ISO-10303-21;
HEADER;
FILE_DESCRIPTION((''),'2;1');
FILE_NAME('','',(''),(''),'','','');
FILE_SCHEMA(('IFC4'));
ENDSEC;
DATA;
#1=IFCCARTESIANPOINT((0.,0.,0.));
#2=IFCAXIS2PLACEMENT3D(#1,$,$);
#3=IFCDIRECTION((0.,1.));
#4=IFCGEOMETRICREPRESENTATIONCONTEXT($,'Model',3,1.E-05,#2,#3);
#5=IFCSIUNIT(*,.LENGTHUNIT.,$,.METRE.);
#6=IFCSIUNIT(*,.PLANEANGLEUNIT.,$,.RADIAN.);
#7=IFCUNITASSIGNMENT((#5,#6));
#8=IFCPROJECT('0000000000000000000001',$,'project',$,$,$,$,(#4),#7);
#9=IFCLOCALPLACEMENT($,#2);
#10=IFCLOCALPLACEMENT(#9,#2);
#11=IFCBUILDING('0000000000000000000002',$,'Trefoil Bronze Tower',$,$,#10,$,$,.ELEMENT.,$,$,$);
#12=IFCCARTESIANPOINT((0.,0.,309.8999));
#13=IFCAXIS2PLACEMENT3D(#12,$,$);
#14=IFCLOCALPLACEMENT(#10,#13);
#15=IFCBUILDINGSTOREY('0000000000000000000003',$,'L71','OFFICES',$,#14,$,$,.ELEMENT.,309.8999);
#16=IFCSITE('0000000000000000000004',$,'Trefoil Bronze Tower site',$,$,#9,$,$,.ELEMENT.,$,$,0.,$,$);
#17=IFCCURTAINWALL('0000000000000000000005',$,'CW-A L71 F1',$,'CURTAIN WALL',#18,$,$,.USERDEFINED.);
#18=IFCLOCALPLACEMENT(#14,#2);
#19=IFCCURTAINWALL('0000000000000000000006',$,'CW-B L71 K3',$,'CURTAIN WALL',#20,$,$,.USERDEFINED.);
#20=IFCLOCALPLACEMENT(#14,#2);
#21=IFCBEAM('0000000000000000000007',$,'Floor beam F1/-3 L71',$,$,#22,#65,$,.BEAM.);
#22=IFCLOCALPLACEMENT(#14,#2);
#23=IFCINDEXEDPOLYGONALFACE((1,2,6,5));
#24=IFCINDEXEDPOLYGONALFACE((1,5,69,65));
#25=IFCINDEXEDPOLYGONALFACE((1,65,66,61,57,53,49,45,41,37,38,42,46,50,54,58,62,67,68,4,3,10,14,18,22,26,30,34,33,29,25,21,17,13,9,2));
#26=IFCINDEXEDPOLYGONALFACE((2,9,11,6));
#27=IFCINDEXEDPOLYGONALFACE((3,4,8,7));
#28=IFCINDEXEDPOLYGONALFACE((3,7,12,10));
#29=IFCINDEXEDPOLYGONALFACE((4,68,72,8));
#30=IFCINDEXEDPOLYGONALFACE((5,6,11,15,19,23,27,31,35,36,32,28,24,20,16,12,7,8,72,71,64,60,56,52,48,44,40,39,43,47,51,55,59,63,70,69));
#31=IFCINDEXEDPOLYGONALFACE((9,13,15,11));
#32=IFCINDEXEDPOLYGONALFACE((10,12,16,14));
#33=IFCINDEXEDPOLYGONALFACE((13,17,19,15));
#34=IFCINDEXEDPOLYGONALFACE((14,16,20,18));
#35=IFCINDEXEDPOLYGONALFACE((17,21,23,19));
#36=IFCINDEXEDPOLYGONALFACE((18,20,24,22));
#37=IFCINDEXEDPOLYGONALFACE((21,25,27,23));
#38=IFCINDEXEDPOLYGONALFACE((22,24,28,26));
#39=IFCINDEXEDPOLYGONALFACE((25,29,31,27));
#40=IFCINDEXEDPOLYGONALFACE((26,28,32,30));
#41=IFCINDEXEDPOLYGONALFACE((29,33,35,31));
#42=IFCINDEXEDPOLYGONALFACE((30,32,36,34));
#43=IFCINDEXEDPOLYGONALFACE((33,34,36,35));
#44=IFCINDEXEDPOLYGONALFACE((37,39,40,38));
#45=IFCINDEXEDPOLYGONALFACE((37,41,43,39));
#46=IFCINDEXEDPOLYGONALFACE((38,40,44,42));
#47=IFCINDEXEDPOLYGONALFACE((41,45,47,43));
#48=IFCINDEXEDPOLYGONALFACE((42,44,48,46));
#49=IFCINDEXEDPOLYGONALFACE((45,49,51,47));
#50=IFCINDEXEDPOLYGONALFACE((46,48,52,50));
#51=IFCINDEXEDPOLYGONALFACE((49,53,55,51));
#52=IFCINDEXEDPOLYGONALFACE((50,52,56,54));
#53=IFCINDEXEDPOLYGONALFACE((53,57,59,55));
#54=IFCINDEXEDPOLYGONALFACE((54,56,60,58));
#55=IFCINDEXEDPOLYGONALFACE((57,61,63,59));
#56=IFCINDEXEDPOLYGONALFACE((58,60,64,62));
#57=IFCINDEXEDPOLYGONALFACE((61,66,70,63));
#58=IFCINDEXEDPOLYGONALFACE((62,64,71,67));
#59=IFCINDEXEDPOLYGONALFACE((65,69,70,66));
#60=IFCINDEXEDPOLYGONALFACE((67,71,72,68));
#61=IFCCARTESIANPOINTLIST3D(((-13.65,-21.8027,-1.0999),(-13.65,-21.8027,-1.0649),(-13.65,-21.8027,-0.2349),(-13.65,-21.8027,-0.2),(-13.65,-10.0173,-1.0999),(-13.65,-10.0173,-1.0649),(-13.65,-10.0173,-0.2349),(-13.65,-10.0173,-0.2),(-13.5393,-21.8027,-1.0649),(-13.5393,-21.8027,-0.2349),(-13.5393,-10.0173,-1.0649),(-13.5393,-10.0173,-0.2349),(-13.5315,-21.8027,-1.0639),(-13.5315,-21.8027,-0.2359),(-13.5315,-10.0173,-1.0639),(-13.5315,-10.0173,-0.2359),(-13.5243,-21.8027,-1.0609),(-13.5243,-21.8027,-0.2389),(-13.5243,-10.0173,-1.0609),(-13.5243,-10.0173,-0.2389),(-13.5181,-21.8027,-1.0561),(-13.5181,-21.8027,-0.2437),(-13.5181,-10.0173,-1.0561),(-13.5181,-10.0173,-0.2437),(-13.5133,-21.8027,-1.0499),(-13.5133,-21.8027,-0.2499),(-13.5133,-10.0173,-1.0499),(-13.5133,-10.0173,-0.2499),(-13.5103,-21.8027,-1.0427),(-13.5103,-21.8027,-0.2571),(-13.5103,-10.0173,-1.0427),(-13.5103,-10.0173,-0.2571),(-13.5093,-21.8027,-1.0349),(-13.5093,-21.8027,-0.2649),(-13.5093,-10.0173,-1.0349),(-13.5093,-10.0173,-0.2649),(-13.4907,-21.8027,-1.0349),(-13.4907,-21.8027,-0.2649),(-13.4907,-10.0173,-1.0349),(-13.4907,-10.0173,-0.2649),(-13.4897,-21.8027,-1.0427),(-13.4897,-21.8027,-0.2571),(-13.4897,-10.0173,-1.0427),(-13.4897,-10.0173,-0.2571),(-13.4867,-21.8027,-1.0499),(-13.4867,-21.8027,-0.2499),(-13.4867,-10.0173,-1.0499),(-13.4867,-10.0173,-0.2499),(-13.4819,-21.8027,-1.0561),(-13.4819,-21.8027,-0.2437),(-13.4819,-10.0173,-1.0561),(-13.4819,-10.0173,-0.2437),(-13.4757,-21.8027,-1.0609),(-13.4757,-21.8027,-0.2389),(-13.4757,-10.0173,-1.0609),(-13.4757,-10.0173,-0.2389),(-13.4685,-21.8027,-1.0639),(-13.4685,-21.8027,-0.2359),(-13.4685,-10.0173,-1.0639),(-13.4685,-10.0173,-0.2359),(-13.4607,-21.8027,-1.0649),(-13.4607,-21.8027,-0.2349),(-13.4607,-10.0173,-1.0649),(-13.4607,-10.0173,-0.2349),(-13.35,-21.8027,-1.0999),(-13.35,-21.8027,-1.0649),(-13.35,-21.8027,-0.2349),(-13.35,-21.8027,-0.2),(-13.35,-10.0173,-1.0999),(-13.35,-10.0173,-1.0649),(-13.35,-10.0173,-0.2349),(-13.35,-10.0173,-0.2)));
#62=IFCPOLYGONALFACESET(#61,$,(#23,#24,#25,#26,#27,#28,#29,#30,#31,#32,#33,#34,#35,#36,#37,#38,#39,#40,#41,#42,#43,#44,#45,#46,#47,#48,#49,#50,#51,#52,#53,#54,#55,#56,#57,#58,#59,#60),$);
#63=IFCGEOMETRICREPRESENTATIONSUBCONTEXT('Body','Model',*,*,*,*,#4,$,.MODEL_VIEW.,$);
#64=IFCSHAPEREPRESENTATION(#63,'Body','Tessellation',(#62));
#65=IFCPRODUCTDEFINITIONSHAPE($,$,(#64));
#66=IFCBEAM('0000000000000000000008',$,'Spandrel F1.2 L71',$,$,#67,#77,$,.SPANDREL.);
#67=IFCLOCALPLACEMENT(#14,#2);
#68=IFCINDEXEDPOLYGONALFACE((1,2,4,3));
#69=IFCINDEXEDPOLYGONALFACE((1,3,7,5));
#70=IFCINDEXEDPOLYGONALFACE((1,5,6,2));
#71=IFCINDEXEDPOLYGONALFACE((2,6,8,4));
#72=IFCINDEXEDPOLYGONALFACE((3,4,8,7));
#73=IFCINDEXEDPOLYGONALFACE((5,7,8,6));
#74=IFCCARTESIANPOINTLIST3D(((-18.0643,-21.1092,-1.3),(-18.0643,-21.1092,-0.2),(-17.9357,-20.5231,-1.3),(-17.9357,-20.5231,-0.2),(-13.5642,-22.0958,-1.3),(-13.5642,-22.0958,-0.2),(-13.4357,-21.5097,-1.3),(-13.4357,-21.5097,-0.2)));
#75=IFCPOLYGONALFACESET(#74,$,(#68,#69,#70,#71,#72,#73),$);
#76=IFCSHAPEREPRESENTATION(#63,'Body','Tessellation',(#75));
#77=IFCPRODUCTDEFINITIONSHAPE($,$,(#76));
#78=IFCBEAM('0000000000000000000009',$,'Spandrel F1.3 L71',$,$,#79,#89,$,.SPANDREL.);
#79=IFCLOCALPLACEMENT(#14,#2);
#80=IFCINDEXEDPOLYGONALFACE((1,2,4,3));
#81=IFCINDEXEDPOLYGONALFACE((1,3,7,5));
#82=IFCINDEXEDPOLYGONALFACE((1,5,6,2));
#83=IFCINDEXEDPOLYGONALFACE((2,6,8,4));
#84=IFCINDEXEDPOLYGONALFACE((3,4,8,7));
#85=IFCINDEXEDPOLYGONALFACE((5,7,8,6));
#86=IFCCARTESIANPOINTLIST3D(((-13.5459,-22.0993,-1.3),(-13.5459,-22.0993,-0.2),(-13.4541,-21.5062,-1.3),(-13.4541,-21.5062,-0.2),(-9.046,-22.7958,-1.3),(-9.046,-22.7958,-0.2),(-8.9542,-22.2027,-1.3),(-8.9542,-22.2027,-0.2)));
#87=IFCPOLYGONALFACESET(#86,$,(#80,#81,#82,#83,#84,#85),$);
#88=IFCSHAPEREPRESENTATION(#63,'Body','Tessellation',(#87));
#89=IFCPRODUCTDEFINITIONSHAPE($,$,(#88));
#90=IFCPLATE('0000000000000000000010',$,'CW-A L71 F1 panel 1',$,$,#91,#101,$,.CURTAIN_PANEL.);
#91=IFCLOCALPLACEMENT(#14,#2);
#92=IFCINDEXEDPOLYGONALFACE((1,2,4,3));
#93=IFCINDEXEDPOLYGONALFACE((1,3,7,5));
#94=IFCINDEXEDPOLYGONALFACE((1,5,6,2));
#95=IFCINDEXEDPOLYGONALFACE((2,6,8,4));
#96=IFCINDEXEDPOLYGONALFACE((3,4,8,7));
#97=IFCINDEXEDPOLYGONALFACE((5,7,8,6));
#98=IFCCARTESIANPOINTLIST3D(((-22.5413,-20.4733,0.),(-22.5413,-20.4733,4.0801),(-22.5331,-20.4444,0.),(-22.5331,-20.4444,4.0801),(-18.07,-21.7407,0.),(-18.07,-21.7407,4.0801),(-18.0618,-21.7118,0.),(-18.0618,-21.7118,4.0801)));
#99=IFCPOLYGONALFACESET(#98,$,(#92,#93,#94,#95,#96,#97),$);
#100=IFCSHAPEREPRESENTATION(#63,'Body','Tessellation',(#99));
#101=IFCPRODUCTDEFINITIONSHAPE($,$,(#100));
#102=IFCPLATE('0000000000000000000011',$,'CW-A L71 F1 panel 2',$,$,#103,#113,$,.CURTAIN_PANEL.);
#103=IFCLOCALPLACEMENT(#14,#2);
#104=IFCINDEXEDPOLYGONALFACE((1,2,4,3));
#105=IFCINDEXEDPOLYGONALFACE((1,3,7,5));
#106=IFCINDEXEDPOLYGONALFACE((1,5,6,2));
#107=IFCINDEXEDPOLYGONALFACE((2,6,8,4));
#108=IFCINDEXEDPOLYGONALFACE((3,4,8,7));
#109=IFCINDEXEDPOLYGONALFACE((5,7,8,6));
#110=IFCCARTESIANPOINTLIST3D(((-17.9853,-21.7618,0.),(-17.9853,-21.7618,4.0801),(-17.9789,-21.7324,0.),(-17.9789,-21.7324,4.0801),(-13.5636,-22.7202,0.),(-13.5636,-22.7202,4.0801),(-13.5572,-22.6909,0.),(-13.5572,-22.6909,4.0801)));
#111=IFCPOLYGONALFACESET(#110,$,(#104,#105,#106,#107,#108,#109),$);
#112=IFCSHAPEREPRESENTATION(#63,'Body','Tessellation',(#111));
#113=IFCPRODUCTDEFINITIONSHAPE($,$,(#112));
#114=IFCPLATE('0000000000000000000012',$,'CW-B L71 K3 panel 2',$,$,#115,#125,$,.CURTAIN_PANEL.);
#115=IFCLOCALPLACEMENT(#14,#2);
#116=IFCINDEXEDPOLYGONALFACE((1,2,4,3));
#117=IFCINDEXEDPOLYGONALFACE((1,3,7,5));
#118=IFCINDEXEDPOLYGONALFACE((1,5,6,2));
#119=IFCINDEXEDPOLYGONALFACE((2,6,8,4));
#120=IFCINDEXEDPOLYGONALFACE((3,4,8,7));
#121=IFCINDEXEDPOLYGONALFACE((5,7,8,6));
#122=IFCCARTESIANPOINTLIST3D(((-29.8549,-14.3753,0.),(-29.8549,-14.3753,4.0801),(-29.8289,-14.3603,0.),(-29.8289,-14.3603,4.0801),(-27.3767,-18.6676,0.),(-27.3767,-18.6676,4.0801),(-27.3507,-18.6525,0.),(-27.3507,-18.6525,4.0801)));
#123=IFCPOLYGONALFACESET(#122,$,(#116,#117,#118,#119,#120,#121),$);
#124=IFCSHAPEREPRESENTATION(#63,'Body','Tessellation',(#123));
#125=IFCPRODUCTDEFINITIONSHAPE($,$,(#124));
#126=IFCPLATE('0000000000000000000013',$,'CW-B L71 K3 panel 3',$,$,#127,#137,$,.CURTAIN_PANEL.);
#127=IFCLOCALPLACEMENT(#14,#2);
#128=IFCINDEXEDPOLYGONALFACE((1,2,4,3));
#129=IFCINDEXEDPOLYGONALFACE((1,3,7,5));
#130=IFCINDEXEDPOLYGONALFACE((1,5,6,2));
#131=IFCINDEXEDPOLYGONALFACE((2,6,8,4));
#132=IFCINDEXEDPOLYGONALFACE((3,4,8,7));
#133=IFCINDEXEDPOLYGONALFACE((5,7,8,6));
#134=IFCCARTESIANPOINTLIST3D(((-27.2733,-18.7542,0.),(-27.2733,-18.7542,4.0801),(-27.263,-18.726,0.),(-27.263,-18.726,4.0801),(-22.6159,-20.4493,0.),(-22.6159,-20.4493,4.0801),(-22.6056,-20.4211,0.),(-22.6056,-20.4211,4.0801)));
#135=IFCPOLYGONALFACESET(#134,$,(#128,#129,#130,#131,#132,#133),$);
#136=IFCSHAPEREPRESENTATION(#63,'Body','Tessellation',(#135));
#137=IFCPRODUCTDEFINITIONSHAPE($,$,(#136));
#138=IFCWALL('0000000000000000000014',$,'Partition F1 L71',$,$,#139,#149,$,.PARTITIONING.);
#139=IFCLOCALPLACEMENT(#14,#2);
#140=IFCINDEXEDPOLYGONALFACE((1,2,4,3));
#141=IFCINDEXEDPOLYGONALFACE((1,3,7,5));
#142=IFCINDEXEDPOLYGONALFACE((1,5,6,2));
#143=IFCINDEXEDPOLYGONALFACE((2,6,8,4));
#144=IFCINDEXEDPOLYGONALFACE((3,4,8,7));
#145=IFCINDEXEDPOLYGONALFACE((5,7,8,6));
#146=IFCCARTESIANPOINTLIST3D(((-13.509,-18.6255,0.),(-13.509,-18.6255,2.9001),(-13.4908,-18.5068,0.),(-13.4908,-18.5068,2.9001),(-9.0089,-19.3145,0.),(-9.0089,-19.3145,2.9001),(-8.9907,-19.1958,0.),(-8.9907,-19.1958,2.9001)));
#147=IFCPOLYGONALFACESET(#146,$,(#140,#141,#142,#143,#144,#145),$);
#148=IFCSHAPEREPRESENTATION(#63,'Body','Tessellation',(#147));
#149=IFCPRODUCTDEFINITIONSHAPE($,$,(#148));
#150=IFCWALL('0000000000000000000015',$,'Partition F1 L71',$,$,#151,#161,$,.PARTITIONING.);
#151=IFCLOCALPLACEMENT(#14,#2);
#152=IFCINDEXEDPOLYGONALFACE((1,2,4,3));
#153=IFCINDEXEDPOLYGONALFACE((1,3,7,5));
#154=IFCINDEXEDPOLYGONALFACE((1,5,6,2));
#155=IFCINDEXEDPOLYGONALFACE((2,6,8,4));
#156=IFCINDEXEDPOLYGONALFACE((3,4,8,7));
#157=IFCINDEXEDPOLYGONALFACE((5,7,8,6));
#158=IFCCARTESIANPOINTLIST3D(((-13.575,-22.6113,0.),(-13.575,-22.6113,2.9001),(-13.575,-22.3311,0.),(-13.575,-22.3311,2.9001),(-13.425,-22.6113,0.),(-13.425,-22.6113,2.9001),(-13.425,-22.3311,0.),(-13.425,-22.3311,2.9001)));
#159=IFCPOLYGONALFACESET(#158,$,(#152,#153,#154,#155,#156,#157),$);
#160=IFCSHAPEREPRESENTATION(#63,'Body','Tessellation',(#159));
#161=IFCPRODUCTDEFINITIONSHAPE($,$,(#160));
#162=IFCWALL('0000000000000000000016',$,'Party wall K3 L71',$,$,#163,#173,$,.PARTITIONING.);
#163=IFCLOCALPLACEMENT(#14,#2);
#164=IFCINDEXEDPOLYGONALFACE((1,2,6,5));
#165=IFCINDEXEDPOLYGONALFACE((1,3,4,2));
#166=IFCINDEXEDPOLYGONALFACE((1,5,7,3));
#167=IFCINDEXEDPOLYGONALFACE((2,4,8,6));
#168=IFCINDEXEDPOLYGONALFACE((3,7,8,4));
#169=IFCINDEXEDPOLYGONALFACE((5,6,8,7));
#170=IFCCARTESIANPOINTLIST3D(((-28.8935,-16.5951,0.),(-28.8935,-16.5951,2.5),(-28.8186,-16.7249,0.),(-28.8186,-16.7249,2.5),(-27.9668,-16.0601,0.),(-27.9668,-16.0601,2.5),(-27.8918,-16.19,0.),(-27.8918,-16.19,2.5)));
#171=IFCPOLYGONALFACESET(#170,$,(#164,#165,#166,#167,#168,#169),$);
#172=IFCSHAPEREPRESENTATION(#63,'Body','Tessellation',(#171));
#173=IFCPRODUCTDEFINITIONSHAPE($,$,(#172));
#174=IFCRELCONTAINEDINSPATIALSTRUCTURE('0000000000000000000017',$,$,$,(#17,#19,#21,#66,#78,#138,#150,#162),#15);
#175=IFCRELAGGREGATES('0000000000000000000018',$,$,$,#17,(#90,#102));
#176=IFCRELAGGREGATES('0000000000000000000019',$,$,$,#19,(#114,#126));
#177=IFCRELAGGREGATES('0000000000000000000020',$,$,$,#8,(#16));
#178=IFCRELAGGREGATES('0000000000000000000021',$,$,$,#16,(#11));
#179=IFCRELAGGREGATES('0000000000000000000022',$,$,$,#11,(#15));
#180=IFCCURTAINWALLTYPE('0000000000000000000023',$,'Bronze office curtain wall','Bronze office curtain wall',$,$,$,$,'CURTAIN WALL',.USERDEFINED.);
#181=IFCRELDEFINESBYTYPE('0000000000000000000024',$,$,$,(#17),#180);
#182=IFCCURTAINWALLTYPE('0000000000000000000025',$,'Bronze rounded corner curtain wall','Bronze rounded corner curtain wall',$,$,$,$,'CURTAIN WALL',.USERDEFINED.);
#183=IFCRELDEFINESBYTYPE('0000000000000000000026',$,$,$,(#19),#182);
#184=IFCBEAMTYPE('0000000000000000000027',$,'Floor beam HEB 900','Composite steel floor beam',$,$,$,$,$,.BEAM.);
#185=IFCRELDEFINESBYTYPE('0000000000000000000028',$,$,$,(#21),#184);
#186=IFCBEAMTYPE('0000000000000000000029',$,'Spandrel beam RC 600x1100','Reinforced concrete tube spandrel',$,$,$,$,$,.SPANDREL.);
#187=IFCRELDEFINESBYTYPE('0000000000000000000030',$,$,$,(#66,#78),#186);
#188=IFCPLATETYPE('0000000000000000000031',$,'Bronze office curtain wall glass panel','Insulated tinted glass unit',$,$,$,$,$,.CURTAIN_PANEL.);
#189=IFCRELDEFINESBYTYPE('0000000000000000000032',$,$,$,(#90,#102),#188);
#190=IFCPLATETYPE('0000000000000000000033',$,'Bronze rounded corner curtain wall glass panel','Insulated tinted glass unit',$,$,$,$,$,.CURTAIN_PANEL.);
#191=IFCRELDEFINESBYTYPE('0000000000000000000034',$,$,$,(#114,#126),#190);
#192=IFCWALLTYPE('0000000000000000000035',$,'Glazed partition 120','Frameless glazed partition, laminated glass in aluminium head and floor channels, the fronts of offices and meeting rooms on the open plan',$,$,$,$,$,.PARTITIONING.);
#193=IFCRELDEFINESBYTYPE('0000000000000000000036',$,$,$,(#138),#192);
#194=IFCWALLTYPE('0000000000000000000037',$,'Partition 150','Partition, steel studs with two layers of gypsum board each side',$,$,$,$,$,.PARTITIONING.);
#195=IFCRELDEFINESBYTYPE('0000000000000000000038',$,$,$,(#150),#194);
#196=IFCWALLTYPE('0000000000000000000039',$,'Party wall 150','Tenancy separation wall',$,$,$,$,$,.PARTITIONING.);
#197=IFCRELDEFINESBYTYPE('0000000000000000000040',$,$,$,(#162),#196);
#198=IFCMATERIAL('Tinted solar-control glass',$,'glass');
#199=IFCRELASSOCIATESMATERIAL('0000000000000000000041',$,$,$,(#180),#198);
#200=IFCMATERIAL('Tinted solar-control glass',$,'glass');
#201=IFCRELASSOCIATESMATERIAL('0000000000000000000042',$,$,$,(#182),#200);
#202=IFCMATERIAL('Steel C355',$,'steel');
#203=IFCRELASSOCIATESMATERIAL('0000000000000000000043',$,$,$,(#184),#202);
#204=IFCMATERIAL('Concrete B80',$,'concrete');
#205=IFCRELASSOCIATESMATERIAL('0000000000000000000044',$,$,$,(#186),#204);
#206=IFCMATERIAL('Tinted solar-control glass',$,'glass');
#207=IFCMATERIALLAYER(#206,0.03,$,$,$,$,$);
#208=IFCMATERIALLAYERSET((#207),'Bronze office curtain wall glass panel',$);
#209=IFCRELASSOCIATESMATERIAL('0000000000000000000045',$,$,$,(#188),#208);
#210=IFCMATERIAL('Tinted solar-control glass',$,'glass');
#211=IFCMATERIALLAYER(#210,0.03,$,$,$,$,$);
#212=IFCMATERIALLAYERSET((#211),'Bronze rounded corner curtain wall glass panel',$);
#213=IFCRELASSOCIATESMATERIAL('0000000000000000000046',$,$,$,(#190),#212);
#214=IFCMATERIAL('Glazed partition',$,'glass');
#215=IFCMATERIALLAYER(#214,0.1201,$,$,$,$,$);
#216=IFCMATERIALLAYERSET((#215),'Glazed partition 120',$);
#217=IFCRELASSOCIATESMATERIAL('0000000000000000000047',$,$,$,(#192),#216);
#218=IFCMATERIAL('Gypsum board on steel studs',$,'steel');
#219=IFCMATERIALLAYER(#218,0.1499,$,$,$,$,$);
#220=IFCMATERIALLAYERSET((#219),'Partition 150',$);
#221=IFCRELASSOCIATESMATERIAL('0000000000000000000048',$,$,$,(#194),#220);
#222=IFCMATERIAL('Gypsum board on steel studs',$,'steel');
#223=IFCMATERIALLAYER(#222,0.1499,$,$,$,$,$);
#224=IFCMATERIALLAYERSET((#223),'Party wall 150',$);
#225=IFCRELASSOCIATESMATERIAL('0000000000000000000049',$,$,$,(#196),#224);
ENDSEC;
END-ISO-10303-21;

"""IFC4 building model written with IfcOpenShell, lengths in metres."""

from ifc_helpers import new_model, si_unit, direction, frame, frame_2d, origin, origin_2d, place, context, subcontext, project, spatial, rectangle, i_section, extrude, material, layer, layer_set, material_profile, profile_set, type_object, element, aggregate, save


model = new_model("IFC4")

# Units and contexts
model_context = context("Model", 3, precision=1e-05, world=origin(), true_north=direction((0.0, 1.0)))
body_context = subcontext(model_context, "Body", "Model", "MODEL_VIEW")
ifc_project = project(units=[si_unit("LENGTHUNIT", "METRE"), si_unit("PLANEANGLEUNIT", "RADIAN")], contexts=[model_context])

# Site, building, storey
site_placement = place(None, origin())
site = spatial("IfcSite", under=ifc_project, at=site_placement, Name="Trefoil Bronze Tower site", CompositionType="ELEMENT", RefElevation=0.0)
building_placement = place(site_placement, origin())
building = spatial("IfcBuilding", under=site, at=building_placement, Name="Trefoil Bronze Tower", CompositionType="ELEMENT")
storey_placement = place(building_placement, frame((0.0, 0.0, 309.8999)))
storey = spatial("IfcBuildingStorey", under=building, at=storey_placement, Name="L71", Description="OFFICES", CompositionType="ELEMENT", Elevation=309.8999)

# Curtain walls
ifc_material_1 = material(Name="Tinted solar-control glass", Category="glass")
curtain_wall_type_1 = type_object("IfcCurtainWallType", Name="Bronze office curtain wall", Description="Bronze office curtain wall", ElementType="CURTAIN WALL", PredefinedType="USERDEFINED", material=ifc_material_1)
curtain_wall_1_placement = place(storey_placement, origin())
curtain_wall_1 = element("IfcCurtainWall", 1, at=curtain_wall_1_placement, inside=storey, type_object=curtain_wall_type_1, Name="CW-A L71 F1", ObjectType="CURTAIN WALL", PredefinedType="USERDEFINED")
ifc_material_2 = material(Name="Tinted solar-control glass", Category="glass")
curtain_wall_type_2 = type_object("IfcCurtainWallType", Name="Bronze rounded corner curtain wall", Description="Bronze rounded corner curtain wall", ElementType="CURTAIN WALL", PredefinedType="USERDEFINED", material=ifc_material_2)
curtain_wall_2_placement = place(storey_placement, origin())
curtain_wall_2 = element("IfcCurtainWall", 2, at=curtain_wall_2_placement, inside=storey, type_object=curtain_wall_type_2, Name="CW-B L71 K3", ObjectType="CURTAIN WALL", PredefinedType="USERDEFINED")

# Beams
ifc_material_3 = material(Name="Steel C355", Category="steel")
ifc_material_profile_1 = material_profile(ifc_material_3, i_section(OverallWidth=0.3, OverallDepth=0.8999, WebThickness=0.0186, FlangeThickness=0.0349, FilletRadius=0.03, at=origin_2d()), Name="HEB 900")
ifc_profile_set_1 = profile_set([ifc_material_profile_1], Name="Steel C355")
beam_type_1 = type_object("IfcBeamType", Name="Floor beam HEB 900", Description="Composite steel floor beam", PredefinedType="BEAM", material=ifc_profile_set_1)
beam_1_placement = place(storey_placement, frame((-13.5, -21.8027, -0.6499), z_axis=(0.0, 1.0, 0.0), x_axis=(-1.0, 0.0, 0.0)))
element("IfcBeam", 3, at=beam_1_placement, inside=storey, type_object=beam_type_1, Name="Floor beam F1/-3 L71", PredefinedType="BEAM", context=body_context, shape_type="SweptSolid", body=[
    extrude(i_section(OverallWidth=0.3, OverallDepth=0.8999, WebThickness=0.0186, FlangeThickness=0.0349, FilletRadius=0.03, at=origin_2d()), origin(), (0.0, 0.0, 1.0), 11.7854),
])
ifc_material_4 = material(Name="Concrete B80", Category="concrete")
ifc_material_profile_2 = material_profile(ifc_material_4, rectangle(XDim=0.6001, YDim=1.1001, at=origin_2d()), Name="RC 600x1100")
ifc_profile_set_2 = profile_set([ifc_material_profile_2], Name="Concrete B80")
beam_type_2 = type_object("IfcBeamType", Name="Spandrel beam RC 600x1100", Description="Reinforced concrete tube spandrel", PredefinedType="SPANDREL", material=ifc_profile_set_2)
beam_2_placement = place(storey_placement, frame((-18.0, -20.8162, -0.75), z_axis=(0.9768, -0.214152, 0.0), x_axis=(0.214152, 0.9768, 0.0)))
element("IfcBeam", 4, at=beam_2_placement, inside=storey, type_object=beam_type_2, Name="Spandrel F1.2 L71", PredefinedType="SPANDREL", context=body_context, shape_type="SweptSolid", body=[
    extrude(rectangle(XDim=0.6001, YDim=1.1001, at=origin_2d()), origin(), (0.0, 0.0, 1.0), 4.6069),
])
beam_3_placement = place(storey_placement, frame((-13.5, -21.8027, -0.75), z_axis=(0.988232, -0.152964, 0.0), x_axis=(0.152964, 0.988232, 0.0)))
element("IfcBeam", 5, at=beam_3_placement, inside=storey, type_object=beam_type_2, Name="Spandrel F1.3 L71", PredefinedType="SPANDREL", context=body_context, shape_type="SweptSolid", body=[
    extrude(rectangle(XDim=0.6001, YDim=1.1001, at=origin_2d()), origin(), (0.0, 0.0, 1.0), 4.5535),
])

# Plates
ifc_material_5 = material(Name="Tinted solar-control glass", Category="glass")
ifc_layer_1 = layer(ifc_material_5, 0.03)
ifc_layer_set_1 = layer_set([ifc_layer_1], Name="Bronze office curtain wall glass panel")
plate_type_1 = type_object("IfcPlateType", Name="Bronze office curtain wall glass panel", Description="Insulated tinted glass unit", PredefinedType="CURTAIN_PANEL", material=ifc_layer_set_1)
plate_1_placement = place(storey_placement, frame((-20.3015, -21.0925, 0.0), z_axis=(0.0, 0.0, 1.0), x_axis=(0.962098, -0.272705, 0.0)))
plate_1 = element("IfcPlate", 6, at=plate_1_placement, type_object=plate_type_1, Name="CW-A L71 F1 panel 1", PredefinedType="CURTAIN_PANEL", context=body_context, shape_type="SweptSolid", body=[
    extrude(rectangle(XDim=4.6475, YDim=0.03, at=origin_2d()), origin(), (0.0, 0.0, 1.0), 4.0801),
])
plate_2_placement = place(storey_placement, frame((-15.7712, -22.2263, 0.0), z_axis=(0.0, 0.0, 1.0), x_axis=(0.977303, -0.211846, 0.0)))
plate_2 = element("IfcPlate", 7, at=plate_2_placement, type_object=plate_type_1, Name="CW-A L71 F1 panel 2", PredefinedType="CURTAIN_PANEL", context=body_context, shape_type="SweptSolid", body=[
    extrude(rectangle(XDim=4.5244, YDim=0.03, at=origin_2d()), origin(), (0.0, 0.0, 1.0), 4.0801),
])
aggregate(curtain_wall_1, [plate_1, plate_2])
ifc_material_6 = material(Name="Tinted solar-control glass", Category="glass")
ifc_layer_2 = layer(ifc_material_6, 0.03)
ifc_layer_set_2 = layer_set([ifc_layer_2], Name="Bronze rounded corner curtain wall glass panel")
plate_type_2 = type_object("IfcPlateType", Name="Bronze rounded corner curtain wall glass panel", Description="Insulated tinted glass unit", PredefinedType="CURTAIN_PANEL", material=ifc_layer_set_2)
plate_3_placement = place(storey_placement, frame((-28.6028, -16.5139, 0.0), z_axis=(0.0, 0.0, 1.0), x_axis=(0.5, -0.866025, 0.0)))
plate_3 = element("IfcPlate", 8, at=plate_3_placement, type_object=plate_type_2, Name="CW-B L71 K3 panel 2", PredefinedType="CURTAIN_PANEL", context=body_context, shape_type="SweptSolid", body=[
    extrude(rectangle(XDim=4.9563, YDim=0.03, at=origin_2d()), origin(), (0.0, 0.0, 1.0), 4.0801),
])
plate_4_placement = place(storey_placement, frame((-24.9395, -19.5876, 0.0), z_axis=(0.0, 0.0, 1.0), x_axis=(0.939693, -0.34202, 0.0)))
plate_4 = element("IfcPlate", 9, at=plate_4_placement, type_object=plate_type_2, Name="CW-B L71 K3 panel 3", PredefinedType="CURTAIN_PANEL", context=body_context, shape_type="SweptSolid", body=[
    extrude(rectangle(XDim=4.9563, YDim=0.03, at=origin_2d()), origin(), (0.0, 0.0, 1.0), 4.0801),
])
aggregate(curtain_wall_2, [plate_3, plate_4])

# Walls
ifc_material_7 = material(Name="Glazed partition", Category="glass")
ifc_layer_3 = layer(ifc_material_7, 0.1201)
ifc_layer_set_3 = layer_set([ifc_layer_3], Name="Glazed partition 120")
wall_type_1 = type_object("IfcWallType", Name="Glazed partition 120", Description="Frameless glazed partition, laminated glass in aluminium head and floor channels, the fronts of offices and meeting rooms on the open plan", PredefinedType="PARTITIONING", material=ifc_layer_set_3)
wall_1_placement = place(storey_placement, frame((-13.5, -18.5662, 0.0), z_axis=(0.0, 0.0, 1.0), x_axis=(0.988482, -0.15134, 0.0)))
element("IfcWall", 10, at=wall_1_placement, inside=storey, type_object=wall_type_1, Name="Partition F1 L71", PredefinedType="PARTITIONING", context=body_context, shape_type="SweptSolid", body=[
    extrude(rectangle(XDim=4.5525, YDim=0.1201, at=frame_2d((2.2764, 0.0))), origin(), (0.0, 0.0, 1.0), 2.9001),
])
ifc_material_8 = material(Name="Gypsum board on steel studs", Category="steel")
ifc_layer_4 = layer(ifc_material_8, 0.1499)
ifc_layer_set_4 = layer_set([ifc_layer_4], Name="Partition 150")
wall_type_2 = type_object("IfcWallType", Name="Partition 150", Description="Partition, steel studs with two layers of gypsum board each side", PredefinedType="PARTITIONING", material=ifc_layer_set_4)
wall_2_placement = place(storey_placement, frame((-13.5, -22.3311, 0.0), z_axis=(0.0, 0.0, 1.0), x_axis=(0.0, -1.0, 0.0)))
element("IfcWall", 11, at=wall_2_placement, inside=storey, type_object=wall_type_2, Name="Partition F1 L71", PredefinedType="PARTITIONING", context=body_context, shape_type="SweptSolid", body=[
    extrude(rectangle(XDim=0.2803, YDim=0.1499, at=frame_2d((0.1401, 0.0))), origin(), (0.0, 0.0, 1.0), 2.9001),
])
ifc_material_9 = material(Name="Gypsum board on steel studs", Category="steel")
ifc_layer_5 = layer(ifc_material_9, 0.1499)
ifc_layer_set_5 = layer_set([ifc_layer_5], Name="Party wall 150")
wall_type_3 = type_object("IfcWallType", Name="Party wall 150", Description="Tenancy separation wall", PredefinedType="PARTITIONING", material=ifc_layer_set_5)
wall_3_placement = place(storey_placement, frame((-27.9292, -16.125, 0.0), z_axis=(0.0, 0.0, 1.0), x_axis=(-0.866087, -0.499894, 0.0)))
element("IfcWall", 12, at=wall_3_placement, inside=storey, type_object=wall_type_3, Name="Party wall K3 L71", PredefinedType="PARTITIONING", context=body_context, shape_type="SweptSolid", body=[
    extrude(rectangle(XDim=1.0701, YDim=0.1499, at=frame_2d((0.5352, 0.0))), origin(), (0.0, 0.0, 1.0), 2.5),
])

save(model, "model.ifc")
